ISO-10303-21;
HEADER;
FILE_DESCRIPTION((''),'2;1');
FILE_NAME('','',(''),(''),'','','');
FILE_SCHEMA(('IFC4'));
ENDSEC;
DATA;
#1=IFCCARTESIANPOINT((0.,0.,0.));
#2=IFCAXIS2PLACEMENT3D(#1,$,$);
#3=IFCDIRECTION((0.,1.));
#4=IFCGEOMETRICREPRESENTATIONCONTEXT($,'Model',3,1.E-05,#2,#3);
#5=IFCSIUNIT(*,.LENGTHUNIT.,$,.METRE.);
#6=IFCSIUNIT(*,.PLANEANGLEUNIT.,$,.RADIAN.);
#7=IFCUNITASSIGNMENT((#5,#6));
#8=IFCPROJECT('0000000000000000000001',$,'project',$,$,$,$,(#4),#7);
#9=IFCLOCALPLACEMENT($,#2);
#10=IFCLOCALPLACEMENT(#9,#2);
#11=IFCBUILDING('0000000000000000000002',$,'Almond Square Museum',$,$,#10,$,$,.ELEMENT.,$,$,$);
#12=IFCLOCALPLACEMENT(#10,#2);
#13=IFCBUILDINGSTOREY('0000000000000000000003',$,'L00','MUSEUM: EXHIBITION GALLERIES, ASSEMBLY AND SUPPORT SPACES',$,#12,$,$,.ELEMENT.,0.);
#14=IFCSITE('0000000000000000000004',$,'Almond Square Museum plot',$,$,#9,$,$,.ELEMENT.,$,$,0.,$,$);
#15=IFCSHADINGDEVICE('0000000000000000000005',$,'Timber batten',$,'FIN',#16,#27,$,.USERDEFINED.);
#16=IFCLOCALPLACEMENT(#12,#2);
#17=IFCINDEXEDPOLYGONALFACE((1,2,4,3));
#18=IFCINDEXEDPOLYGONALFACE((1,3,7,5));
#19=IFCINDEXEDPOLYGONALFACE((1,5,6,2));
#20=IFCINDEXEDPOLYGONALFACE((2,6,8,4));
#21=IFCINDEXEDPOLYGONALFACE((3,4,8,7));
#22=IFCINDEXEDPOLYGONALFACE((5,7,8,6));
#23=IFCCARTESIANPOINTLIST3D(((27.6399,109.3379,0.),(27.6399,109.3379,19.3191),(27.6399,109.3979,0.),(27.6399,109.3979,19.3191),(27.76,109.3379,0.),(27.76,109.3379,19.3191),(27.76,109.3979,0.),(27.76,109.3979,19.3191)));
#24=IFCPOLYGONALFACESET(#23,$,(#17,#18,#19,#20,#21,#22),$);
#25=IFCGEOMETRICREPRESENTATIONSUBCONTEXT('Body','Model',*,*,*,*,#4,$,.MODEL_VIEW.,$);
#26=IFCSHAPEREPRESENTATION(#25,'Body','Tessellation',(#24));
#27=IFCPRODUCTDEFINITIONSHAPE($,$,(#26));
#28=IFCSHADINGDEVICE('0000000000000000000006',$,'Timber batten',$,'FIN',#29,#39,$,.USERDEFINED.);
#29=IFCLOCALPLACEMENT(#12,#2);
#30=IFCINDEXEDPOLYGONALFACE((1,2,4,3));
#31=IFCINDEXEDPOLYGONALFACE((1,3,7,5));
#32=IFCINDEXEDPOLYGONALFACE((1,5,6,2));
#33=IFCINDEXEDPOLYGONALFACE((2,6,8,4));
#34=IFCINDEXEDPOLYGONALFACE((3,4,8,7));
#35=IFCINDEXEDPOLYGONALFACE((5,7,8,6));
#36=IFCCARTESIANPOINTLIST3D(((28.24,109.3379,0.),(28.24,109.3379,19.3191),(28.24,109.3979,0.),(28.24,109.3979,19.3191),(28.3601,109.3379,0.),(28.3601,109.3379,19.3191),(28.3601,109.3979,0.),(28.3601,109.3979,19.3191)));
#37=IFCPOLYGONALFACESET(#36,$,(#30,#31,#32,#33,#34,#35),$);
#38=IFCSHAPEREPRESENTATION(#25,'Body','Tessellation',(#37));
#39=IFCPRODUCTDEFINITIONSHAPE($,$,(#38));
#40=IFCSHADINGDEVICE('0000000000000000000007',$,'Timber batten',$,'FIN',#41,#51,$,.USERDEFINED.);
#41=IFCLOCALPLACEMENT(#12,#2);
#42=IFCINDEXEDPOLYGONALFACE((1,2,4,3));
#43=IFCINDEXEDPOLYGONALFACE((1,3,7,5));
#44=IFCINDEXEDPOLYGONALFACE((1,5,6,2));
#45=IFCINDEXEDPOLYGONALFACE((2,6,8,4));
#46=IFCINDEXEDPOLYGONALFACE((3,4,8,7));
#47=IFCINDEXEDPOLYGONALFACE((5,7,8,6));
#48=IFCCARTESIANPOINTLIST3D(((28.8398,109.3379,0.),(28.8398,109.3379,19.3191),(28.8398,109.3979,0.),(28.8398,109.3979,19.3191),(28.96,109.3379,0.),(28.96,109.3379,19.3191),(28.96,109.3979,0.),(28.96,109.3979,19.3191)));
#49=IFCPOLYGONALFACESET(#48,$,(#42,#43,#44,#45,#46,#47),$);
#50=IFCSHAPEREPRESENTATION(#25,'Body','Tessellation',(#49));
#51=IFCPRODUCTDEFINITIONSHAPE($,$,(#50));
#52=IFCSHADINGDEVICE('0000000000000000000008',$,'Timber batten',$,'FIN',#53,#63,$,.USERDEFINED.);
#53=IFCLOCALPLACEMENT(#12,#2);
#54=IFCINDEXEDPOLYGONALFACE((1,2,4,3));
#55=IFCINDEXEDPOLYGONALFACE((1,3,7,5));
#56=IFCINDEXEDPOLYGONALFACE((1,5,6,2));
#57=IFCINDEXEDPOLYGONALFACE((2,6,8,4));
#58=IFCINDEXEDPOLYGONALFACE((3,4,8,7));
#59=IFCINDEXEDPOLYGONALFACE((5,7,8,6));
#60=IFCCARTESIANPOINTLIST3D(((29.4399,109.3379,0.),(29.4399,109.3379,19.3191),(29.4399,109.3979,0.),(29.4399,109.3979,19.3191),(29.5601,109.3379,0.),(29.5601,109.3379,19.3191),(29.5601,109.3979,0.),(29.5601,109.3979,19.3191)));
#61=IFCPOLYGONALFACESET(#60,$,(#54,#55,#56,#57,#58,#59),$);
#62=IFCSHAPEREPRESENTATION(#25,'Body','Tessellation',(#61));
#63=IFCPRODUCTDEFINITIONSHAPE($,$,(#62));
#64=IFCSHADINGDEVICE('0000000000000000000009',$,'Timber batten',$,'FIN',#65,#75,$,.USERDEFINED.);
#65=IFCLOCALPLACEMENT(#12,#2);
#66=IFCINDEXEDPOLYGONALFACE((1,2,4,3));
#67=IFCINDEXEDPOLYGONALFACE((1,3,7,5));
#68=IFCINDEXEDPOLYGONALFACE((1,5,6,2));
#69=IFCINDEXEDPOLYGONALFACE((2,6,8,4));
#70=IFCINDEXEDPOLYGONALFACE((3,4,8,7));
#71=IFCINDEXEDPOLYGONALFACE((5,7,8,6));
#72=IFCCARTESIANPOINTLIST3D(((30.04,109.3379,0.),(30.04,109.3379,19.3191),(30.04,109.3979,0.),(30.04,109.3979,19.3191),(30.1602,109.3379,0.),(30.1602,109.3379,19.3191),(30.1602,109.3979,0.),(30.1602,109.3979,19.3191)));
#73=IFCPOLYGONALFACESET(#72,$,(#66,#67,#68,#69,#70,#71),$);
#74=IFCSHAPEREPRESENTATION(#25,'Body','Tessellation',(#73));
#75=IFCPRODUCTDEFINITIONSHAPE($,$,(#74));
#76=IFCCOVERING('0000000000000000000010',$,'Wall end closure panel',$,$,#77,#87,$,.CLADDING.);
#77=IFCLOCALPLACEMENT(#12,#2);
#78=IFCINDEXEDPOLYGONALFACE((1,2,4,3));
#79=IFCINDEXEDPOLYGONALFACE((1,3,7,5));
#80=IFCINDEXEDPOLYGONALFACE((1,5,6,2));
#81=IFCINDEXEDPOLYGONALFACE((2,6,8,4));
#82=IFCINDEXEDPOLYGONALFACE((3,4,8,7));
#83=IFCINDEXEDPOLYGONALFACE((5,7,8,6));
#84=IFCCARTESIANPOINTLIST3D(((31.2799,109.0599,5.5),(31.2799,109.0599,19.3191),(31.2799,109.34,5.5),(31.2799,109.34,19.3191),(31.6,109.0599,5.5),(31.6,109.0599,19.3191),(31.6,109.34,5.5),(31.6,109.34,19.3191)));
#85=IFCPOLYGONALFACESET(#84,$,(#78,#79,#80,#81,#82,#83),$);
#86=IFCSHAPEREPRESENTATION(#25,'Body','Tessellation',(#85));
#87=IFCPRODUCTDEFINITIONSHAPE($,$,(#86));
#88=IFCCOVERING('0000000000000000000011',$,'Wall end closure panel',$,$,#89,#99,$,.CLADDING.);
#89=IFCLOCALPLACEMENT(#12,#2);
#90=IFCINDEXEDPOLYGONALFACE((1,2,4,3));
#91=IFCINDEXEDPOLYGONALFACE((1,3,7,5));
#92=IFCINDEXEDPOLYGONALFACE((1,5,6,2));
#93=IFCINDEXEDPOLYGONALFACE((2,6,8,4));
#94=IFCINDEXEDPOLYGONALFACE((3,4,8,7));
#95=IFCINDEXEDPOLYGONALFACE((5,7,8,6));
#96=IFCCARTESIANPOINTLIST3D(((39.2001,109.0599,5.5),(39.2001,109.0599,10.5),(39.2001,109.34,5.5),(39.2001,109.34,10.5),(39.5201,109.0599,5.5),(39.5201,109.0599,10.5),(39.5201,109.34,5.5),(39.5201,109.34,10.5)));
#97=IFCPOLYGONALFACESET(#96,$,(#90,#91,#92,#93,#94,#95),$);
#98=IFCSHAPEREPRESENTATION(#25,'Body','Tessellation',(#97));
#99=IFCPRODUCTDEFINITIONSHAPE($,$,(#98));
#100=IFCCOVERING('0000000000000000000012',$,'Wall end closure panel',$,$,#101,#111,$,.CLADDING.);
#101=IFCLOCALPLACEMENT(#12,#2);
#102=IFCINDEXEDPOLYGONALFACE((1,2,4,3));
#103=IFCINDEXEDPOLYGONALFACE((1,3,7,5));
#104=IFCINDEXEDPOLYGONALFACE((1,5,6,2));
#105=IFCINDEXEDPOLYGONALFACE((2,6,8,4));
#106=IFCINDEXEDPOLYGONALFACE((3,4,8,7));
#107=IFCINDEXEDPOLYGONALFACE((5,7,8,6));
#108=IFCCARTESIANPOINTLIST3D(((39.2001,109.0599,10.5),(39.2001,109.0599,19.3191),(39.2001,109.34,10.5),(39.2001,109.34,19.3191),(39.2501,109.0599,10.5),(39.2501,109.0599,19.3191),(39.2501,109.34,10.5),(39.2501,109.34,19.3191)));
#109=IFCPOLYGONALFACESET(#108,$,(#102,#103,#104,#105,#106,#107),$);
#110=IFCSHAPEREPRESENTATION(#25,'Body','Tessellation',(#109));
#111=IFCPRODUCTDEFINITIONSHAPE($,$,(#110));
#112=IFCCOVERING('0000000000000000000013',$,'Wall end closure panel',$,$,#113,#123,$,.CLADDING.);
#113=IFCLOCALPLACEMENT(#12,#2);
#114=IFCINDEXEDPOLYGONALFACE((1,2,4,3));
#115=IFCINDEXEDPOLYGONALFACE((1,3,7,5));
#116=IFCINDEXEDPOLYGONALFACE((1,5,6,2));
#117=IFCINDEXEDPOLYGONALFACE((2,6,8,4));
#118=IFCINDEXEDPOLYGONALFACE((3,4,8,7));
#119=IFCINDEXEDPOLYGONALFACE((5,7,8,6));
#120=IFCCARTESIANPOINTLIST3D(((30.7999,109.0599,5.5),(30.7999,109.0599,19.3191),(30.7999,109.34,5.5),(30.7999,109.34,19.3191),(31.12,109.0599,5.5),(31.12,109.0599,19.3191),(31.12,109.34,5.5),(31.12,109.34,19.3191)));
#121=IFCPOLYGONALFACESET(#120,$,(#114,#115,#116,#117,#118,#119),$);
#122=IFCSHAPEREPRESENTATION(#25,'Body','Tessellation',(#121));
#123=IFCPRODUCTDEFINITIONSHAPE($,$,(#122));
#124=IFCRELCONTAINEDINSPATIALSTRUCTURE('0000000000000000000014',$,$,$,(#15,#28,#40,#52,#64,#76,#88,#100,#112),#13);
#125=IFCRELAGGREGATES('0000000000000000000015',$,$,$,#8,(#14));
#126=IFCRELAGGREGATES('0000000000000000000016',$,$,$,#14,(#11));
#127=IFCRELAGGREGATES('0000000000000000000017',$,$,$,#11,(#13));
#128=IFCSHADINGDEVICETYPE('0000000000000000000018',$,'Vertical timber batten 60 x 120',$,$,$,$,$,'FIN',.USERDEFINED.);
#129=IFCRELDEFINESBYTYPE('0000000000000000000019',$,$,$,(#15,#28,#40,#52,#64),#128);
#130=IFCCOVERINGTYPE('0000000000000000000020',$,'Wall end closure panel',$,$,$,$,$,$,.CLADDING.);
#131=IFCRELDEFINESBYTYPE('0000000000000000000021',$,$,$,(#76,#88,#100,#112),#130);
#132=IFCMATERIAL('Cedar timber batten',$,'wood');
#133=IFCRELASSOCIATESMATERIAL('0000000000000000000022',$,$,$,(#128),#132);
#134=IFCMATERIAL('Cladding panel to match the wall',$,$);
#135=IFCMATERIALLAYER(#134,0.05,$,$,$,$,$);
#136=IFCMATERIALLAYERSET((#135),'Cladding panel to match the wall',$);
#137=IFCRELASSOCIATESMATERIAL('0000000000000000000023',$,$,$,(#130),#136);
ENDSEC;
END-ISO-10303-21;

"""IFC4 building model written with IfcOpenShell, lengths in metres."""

from ifc_helpers import new_model, si_unit, direction, frame, origin, origin_2d, place, context, subcontext, project, spatial, rectangle, extrude, material, layer, layer_set, material_profile, profile_set, type_object, element, save


model = new_model("IFC4")

# Units and contexts
model_context = context("Model", 3, precision=1e-05, world=origin(), true_north=direction((0.0, 1.0)))
body_context = subcontext(model_context, "Body", "Model", "MODEL_VIEW")
ifc_project = project(units=[si_unit("LENGTHUNIT", "METRE"), si_unit("PLANEANGLEUNIT", "RADIAN")], contexts=[model_context])

# Site, building, storey
site_placement = place(None, origin())
site = spatial("IfcSite", under=ifc_project, at=site_placement, Name="Almond Square Museum plot", CompositionType="ELEMENT", RefElevation=0.0)
building_placement = place(site_placement, origin())
building = spatial("IfcBuilding", under=site, at=building_placement, Name="Almond Square Museum", CompositionType="ELEMENT")
storey_placement = place(building_placement, origin())
storey = spatial("IfcBuildingStorey", under=building, at=storey_placement, Name="L00", Description="MUSEUM: EXHIBITION GALLERIES, ASSEMBLY AND SUPPORT SPACES", CompositionType="ELEMENT", Elevation=0.0)

# Shading devices
ifc_material_1 = material(Name="Cedar timber batten", Category="wood")
ifc_material_profile_1 = material_profile(ifc_material_1, rectangle(XDim=0.0601, YDim=0.1201, at=origin_2d()))
ifc_profile_set_1 = profile_set([ifc_material_profile_1], Name="Cedar timber batten")
shading_device_type = type_object("IfcShadingDeviceType", Name="Vertical timber batten 60 x 120", ElementType="FIN", PredefinedType="USERDEFINED", material=ifc_profile_set_1)
for number, where, z_axis, x_axis, name in (
    (1, (27.7, 109.3679, 0.0), (0.0, 0.0, 1.0), (0.0, 1.0, 0.0), "Timber batten"),
    (2, (28.3, 109.3679, 0.0), (0.0, 0.0, 1.0), (0.0, 1.0, 0.0), "Timber batten"),
    (3, (28.8999, 109.3679, 0.0), (0.0, 0.0, 1.0), (0.0, 1.0, 0.0), "Timber batten"),
    (4, (29.5, 109.3679, 0.0), (0.0, 0.0, 1.0), (0.0, 1.0, 0.0), "Timber batten"),
    (5, (30.1001, 109.3679, 0.0), (0.0, 0.0, 1.0), (0.0, 1.0, 0.0), "Timber batten"),
):
    element("IfcShadingDevice", number, at=place(storey_placement, frame(where, z_axis=z_axis, x_axis=x_axis)), inside=storey, type_object=shading_device_type, Name=name, ObjectType="FIN", PredefinedType="USERDEFINED", context=body_context, shape_type="SweptSolid", body=[
        extrude(rectangle(XDim=0.0601, YDim=0.1201, at=origin_2d()), origin(), (0.0, 0.0, 1.0), 19.3191),
    ])

# Coverings
ifc_material_2 = material(Name="Cladding panel to match the wall")
ifc_layer_1 = layer(ifc_material_2, 0.05)
ifc_layer_set_1 = layer_set([ifc_layer_1], Name="Cladding panel to match the wall")
covering_type = type_object("IfcCoveringType", Name="Wall end closure panel", PredefinedType="CLADDING", material=ifc_layer_set_1)
covering_1_placement = place(storey_placement, frame((31.4399, 109.2, 5.5), z_axis=(0.0, 0.0, 1.0), x_axis=(1.0, 0.0, 0.0)))
element("IfcCovering", 6, at=covering_1_placement, inside=storey, type_object=covering_type, Name="Wall end closure panel", PredefinedType="CLADDING", context=body_context, shape_type="SweptSolid", body=[
    extrude(rectangle(XDim=0.3201, YDim=0.28, at=origin_2d()), origin(), (0.0, 0.0, 1.0), 13.8191),
])
covering_2_placement = place(storey_placement, frame((39.3601, 109.2, 5.5), z_axis=(0.0, 0.0, 1.0), x_axis=(1.0, 0.0, 0.0)))
element("IfcCovering", 7, at=covering_2_placement, inside=storey, type_object=covering_type, Name="Wall end closure panel", PredefinedType="CLADDING", context=body_context, shape_type="SweptSolid", body=[
    extrude(rectangle(XDim=0.3201, YDim=0.28, at=origin_2d()), origin(), (0.0, 0.0, 1.0), 5.0),
])
covering_3_placement = place(storey_placement, frame((39.2251, 109.2, 10.5), z_axis=(0.0, 0.0, 1.0), x_axis=(1.0, 0.0, 0.0)))
element("IfcCovering", 8, at=covering_3_placement, inside=storey, type_object=covering_type, Name="Wall end closure panel", PredefinedType="CLADDING", context=body_context, shape_type="SweptSolid", body=[
    extrude(rectangle(XDim=0.05, YDim=0.28, at=origin_2d()), origin(), (0.0, 0.0, 1.0), 8.8191),
])
covering_4_placement = place(storey_placement, frame((30.96, 109.2, 5.5), z_axis=(0.0, 0.0, 1.0), x_axis=(1.0, 0.0, 0.0)))
element("IfcCovering", 9, at=covering_4_placement, inside=storey, type_object=covering_type, Name="Wall end closure panel", PredefinedType="CLADDING", context=body_context, shape_type="SweptSolid", body=[
    extrude(rectangle(XDim=0.3201, YDim=0.28, at=origin_2d()), origin(), (0.0, 0.0, 1.0), 13.8191),
])

save(model, "model.ifc")
